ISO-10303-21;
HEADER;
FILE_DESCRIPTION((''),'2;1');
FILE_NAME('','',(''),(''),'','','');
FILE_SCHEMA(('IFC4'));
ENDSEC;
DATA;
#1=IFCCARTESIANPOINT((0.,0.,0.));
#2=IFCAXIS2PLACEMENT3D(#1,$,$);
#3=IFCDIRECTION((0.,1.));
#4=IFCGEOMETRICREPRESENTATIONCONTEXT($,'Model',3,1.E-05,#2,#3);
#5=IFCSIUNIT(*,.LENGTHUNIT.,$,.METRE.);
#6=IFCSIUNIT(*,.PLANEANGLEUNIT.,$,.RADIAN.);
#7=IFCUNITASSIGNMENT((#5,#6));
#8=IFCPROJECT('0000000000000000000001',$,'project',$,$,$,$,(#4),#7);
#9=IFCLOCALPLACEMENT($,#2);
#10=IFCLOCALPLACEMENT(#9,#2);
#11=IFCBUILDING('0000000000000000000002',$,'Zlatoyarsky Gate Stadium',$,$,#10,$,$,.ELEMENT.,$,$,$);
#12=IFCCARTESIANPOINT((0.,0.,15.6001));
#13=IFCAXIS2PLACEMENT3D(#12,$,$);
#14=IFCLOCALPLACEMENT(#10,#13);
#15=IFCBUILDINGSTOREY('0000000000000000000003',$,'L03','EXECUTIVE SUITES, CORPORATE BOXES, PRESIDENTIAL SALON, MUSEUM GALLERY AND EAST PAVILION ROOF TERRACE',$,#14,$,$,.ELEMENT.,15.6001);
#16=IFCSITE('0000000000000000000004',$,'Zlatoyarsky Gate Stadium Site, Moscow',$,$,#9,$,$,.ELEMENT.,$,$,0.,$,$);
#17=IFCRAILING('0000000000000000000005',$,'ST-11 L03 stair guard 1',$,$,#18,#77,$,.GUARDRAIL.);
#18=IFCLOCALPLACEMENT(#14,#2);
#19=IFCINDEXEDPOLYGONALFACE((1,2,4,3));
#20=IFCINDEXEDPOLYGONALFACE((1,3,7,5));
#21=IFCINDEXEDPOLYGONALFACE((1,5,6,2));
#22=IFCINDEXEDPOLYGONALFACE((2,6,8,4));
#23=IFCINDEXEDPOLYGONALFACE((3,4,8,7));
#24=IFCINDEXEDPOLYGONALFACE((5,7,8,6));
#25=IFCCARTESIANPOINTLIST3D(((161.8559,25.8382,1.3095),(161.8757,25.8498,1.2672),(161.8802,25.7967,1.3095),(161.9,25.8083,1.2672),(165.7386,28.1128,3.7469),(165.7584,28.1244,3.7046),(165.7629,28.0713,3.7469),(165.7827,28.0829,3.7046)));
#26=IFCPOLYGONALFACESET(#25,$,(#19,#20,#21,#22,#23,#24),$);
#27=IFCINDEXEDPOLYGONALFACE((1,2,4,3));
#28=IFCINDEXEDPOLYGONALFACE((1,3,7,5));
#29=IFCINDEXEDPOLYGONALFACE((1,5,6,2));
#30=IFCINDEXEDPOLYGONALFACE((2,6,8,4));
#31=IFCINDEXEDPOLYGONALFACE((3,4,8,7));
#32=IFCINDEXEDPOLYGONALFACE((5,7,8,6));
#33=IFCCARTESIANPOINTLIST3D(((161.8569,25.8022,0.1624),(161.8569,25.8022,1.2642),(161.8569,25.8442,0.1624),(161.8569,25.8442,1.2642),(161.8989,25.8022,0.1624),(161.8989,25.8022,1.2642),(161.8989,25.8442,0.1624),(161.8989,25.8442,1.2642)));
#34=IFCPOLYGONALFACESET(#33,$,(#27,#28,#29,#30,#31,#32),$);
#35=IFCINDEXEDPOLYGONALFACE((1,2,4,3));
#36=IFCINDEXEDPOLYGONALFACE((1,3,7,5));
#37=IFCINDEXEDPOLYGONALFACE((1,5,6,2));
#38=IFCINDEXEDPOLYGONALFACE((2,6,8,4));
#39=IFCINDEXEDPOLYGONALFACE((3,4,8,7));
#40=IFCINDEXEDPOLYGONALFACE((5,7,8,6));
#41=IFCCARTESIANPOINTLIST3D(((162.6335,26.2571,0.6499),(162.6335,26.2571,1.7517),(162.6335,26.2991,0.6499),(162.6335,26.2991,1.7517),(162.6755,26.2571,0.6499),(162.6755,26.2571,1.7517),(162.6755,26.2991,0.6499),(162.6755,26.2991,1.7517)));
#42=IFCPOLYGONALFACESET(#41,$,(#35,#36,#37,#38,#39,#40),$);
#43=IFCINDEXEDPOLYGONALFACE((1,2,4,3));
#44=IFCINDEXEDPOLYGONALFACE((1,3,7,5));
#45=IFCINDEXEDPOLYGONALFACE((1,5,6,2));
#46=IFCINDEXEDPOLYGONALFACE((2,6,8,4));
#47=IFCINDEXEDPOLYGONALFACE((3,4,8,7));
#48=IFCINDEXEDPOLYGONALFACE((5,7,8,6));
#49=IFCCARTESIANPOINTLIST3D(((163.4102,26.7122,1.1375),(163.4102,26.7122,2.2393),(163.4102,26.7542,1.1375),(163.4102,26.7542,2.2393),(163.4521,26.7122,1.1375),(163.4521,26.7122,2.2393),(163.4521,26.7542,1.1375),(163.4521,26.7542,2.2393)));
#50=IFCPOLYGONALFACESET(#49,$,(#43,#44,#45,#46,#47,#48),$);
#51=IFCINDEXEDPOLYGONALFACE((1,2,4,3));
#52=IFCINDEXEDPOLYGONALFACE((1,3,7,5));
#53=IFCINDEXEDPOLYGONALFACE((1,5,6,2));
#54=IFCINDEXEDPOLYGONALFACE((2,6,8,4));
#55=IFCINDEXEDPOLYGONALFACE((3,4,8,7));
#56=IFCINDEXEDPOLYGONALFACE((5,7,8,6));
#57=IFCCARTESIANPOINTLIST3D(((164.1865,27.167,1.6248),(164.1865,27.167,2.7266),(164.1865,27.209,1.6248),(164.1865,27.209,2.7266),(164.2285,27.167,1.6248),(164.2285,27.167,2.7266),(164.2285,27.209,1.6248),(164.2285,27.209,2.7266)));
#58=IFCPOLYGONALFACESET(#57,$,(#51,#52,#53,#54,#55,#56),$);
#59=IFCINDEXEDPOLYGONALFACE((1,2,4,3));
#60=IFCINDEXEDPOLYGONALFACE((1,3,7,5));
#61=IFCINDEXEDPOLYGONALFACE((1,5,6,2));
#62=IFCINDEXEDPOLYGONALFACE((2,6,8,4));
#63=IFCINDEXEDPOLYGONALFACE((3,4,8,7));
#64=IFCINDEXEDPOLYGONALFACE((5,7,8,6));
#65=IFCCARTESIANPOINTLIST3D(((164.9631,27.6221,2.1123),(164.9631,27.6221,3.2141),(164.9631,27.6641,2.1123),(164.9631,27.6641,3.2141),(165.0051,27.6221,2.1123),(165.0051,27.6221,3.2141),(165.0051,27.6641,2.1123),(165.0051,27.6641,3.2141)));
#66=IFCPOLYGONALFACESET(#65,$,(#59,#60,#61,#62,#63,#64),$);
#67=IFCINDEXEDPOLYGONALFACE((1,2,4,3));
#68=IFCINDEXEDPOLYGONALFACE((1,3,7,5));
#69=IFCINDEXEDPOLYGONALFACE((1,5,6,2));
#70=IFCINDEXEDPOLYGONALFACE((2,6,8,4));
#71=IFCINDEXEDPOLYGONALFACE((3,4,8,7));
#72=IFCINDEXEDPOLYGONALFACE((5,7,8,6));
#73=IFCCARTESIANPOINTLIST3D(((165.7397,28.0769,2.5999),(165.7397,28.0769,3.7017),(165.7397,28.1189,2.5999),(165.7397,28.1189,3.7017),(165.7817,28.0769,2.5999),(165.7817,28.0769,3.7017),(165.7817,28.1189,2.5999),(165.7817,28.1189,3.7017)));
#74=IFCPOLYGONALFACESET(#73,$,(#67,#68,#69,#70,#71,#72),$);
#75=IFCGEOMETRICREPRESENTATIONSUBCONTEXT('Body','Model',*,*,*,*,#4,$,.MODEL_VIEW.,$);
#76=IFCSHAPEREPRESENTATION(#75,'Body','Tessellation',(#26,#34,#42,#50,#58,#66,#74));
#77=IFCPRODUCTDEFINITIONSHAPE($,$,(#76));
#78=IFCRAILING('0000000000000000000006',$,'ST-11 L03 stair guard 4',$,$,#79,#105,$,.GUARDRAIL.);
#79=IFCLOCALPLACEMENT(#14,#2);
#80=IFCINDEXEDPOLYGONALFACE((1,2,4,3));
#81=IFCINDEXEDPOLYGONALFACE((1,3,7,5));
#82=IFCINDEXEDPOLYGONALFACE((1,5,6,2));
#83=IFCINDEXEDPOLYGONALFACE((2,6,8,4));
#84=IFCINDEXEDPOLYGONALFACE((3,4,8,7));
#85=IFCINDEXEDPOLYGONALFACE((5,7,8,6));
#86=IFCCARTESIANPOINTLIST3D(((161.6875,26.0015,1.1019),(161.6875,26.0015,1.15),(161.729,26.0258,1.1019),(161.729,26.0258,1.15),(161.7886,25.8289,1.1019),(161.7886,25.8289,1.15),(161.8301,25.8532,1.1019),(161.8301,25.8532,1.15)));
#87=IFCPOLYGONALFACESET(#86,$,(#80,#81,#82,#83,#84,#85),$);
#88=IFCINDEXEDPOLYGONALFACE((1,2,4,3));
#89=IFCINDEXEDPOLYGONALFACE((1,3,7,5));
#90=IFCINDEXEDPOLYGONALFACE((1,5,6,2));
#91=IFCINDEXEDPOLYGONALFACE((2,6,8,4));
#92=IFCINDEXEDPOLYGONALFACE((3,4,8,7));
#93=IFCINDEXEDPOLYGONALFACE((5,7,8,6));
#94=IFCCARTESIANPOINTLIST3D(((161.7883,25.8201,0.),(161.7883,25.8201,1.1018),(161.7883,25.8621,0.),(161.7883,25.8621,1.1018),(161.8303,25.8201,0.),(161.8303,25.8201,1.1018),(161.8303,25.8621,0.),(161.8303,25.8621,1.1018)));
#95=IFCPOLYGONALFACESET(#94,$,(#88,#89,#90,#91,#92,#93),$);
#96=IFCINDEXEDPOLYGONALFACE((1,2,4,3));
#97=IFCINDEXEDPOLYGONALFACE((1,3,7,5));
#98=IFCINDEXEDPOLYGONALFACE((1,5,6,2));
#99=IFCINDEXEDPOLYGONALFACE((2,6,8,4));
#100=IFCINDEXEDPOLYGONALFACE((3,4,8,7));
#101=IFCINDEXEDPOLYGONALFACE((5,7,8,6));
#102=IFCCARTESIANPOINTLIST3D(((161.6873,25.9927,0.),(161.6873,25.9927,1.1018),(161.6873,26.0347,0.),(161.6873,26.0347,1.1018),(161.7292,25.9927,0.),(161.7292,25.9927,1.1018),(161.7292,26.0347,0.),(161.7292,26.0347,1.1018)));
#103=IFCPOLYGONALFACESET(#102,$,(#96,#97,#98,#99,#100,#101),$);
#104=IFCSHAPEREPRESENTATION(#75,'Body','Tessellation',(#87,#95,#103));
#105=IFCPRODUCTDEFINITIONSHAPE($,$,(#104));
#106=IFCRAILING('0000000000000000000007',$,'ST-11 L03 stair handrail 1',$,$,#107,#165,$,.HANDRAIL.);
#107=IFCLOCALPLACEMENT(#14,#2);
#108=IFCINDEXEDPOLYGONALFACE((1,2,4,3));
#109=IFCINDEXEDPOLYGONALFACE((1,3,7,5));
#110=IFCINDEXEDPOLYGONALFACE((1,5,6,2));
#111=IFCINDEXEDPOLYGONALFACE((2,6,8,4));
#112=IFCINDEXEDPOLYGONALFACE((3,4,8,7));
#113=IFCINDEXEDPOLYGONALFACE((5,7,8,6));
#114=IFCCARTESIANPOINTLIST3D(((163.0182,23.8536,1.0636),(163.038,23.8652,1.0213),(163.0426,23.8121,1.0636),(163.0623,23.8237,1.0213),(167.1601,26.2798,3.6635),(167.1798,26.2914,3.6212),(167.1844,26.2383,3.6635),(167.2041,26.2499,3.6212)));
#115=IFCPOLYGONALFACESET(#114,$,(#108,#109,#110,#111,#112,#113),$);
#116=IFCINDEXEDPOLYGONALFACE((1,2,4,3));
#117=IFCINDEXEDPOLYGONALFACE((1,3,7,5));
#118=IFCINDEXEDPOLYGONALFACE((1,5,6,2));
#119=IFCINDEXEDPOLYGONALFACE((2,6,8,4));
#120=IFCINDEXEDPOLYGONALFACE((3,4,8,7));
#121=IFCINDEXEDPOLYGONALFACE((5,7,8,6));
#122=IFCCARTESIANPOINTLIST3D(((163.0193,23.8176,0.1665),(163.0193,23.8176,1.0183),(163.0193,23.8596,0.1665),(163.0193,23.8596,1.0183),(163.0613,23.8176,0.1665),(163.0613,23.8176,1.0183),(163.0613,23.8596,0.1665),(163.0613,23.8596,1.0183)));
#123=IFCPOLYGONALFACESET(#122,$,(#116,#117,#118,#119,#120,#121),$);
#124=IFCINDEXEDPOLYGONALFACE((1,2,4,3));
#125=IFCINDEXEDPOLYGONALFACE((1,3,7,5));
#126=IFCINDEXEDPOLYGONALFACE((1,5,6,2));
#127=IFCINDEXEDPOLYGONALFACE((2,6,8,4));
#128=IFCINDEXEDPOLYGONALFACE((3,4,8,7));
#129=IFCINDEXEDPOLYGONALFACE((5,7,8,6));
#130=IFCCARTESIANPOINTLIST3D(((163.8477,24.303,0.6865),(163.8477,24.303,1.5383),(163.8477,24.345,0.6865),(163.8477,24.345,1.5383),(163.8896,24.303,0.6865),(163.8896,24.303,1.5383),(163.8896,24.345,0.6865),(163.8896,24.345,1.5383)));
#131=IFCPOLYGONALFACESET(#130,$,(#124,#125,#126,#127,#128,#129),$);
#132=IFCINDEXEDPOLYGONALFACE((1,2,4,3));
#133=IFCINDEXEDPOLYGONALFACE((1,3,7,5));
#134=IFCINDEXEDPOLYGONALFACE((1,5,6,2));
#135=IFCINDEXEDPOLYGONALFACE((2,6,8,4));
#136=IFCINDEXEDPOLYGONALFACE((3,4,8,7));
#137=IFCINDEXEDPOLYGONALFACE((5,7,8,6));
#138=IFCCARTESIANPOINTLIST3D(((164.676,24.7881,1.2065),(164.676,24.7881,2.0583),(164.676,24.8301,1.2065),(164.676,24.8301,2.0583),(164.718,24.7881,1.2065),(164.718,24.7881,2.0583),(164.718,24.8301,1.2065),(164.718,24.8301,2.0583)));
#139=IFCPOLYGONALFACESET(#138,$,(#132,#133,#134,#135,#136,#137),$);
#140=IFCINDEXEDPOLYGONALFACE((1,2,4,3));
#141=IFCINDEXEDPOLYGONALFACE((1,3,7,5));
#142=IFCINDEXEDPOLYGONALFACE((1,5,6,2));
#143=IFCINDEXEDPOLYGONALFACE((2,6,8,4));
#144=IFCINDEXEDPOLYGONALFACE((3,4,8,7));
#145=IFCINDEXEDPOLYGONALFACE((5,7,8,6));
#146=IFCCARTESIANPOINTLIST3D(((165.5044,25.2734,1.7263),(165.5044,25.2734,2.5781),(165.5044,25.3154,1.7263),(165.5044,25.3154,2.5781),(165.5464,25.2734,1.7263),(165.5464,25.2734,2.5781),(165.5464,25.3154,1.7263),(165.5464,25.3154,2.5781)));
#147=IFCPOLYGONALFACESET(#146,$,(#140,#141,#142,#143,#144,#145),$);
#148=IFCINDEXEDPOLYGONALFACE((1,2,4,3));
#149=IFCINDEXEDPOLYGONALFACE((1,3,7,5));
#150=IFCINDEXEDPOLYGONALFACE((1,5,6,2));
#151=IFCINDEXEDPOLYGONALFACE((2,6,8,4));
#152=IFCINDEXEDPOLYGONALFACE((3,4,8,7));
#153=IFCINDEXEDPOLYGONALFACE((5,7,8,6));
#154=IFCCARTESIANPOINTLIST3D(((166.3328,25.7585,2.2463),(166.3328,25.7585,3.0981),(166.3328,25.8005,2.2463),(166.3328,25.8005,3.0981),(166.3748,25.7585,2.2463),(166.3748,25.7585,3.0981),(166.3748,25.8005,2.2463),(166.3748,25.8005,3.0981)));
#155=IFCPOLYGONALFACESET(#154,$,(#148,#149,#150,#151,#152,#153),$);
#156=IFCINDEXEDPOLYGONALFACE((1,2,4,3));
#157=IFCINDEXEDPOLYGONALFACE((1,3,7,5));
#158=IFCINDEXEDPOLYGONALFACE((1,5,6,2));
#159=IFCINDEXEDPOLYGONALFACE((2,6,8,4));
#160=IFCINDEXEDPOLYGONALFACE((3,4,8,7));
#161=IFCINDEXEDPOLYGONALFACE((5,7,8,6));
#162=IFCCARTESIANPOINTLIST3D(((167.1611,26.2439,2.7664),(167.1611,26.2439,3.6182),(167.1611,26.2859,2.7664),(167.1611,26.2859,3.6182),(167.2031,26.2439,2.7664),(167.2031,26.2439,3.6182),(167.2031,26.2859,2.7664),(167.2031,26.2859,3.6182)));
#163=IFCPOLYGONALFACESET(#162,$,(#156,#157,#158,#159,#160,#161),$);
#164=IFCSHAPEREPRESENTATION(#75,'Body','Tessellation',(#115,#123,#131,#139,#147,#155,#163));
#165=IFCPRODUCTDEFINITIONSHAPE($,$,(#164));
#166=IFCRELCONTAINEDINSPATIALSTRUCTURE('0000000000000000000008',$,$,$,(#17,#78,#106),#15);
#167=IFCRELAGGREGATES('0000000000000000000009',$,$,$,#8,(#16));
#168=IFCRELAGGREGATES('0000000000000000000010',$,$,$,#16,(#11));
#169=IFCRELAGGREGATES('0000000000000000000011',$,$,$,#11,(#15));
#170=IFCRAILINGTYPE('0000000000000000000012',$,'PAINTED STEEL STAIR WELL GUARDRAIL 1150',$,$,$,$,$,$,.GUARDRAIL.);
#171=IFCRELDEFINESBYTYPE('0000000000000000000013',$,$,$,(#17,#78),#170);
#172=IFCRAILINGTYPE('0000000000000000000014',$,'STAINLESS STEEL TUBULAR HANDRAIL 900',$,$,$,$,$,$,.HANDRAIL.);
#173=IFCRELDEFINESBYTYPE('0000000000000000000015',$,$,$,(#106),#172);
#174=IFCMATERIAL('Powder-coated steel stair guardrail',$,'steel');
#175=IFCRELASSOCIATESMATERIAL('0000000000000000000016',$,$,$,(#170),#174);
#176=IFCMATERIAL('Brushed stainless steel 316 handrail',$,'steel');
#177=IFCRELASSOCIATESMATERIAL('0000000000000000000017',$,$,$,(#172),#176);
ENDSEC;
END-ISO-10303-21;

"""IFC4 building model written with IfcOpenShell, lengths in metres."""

from ifc_helpers import new_model, si_unit, direction, frame, origin, origin_2d, place, context, subcontext, project, spatial, rectangle, extrude, material, type_object, element, save


model = new_model("IFC4")

# Units and contexts
model_context = context("Model", 3, precision=1e-05, world=origin(), true_north=direction((0.0, 1.0)))
body_context = subcontext(model_context, "Body", "Model", "MODEL_VIEW")
ifc_project = project(units=[si_unit("LENGTHUNIT", "METRE"), si_unit("PLANEANGLEUNIT", "RADIAN")], contexts=[model_context])

# Site, building, storey
site_placement = place(None, origin())
site = spatial("IfcSite", under=ifc_project, at=site_placement, Name="Zlatoyarsky Gate Stadium Site, Moscow", CompositionType="ELEMENT", RefElevation=0.0)
building_placement = place(site_placement, origin())
building = spatial("IfcBuilding", under=site, at=building_placement, Name="Zlatoyarsky Gate Stadium", CompositionType="ELEMENT")
storey_placement = place(building_placement, frame((0.0, 0.0, 15.6001)))
storey = spatial("IfcBuildingStorey", under=building, at=storey_placement, Name="L03", Description="EXECUTIVE SUITES, CORPORATE BOXES, PRESIDENTIAL SALON, MUSEUM GALLERY AND EAST PAVILION ROOF TERRACE", CompositionType="ELEMENT", Elevation=15.6001)

# Railings
ifc_material_1 = material(Name="Powder-coated steel stair guardrail", Category="steel")
railing_type_1 = type_object("IfcRailingType", Name="PAINTED STEEL STAIR WELL GUARDRAIL 1150", PredefinedType="GUARDRAIL", material=ifc_material_1)
railing_1_placement = place(storey_placement, frame((161.8779, 25.8232, 0.1624)))
element("IfcRailing", 1, at=railing_1_placement, inside=storey, type_object=railing_type_1, Name="ST-11 L03 stair guard 1", PredefinedType="GUARDRAIL", context=body_context, shape_type="SweptSolid", body=[
    extrude(rectangle(XDim=0.0481, YDim=0.0481, at=origin_2d()), frame((0.0, 0.0, 1.126), z_axis=(0.75869, 0.444462, 0.47628), x_axis=(-0.505476, 0.862841, 0.0)), (0.0, 0.0, 1.0), 5.1177),
    extrude(rectangle(XDim=0.042, YDim=0.042, at=origin_2d()), origin(), (0.0, 0.0, 1.0), 1.1018),
    extrude(rectangle(XDim=0.042, YDim=0.042, at=origin_2d()), frame((0.7766, 0.4548, 0.4875)), (0.0, 0.0, 1.0), 1.1018),
    extrude(rectangle(XDim=0.042, YDim=0.042, at=origin_2d()), frame((1.5532, 0.9099, 0.9751)), (0.0, 0.0, 1.0), 1.1018),
    extrude(rectangle(XDim=0.042, YDim=0.042, at=origin_2d()), frame((2.3296, 1.3647, 1.4624)), (0.0, 0.0, 1.0), 1.1018),
    extrude(rectangle(XDim=0.042, YDim=0.042, at=origin_2d()), frame((3.1062, 1.8198, 1.95)), (0.0, 0.0, 1.0), 1.1018),
    extrude(rectangle(XDim=0.042, YDim=0.042, at=origin_2d()), frame((3.8828, 2.2747, 2.4375)), (0.0, 0.0, 1.0), 1.1018),
])
railing_2_placement = place(storey_placement, frame((161.8093, 25.8411, 0.0)))
element("IfcRailing", 2, at=railing_2_placement, inside=storey, type_object=railing_type_1, Name="ST-11 L03 stair guard 4", PredefinedType="GUARDRAIL", context=body_context, shape_type="SweptSolid", body=[
    extrude(rectangle(XDim=0.0481, YDim=0.0481, at=origin_2d()), frame((0.0, 0.0, 1.126), z_axis=(-0.505312, 0.862937, 0.0), x_axis=(-0.862937, -0.505312, 0.0)), (0.0, 0.0, 1.0), 0.2),
    extrude(rectangle(XDim=0.042, YDim=0.042, at=origin_2d()), origin(), (0.0, 0.0, 1.0), 1.1018),
    extrude(rectangle(XDim=0.042, YDim=0.042, at=origin_2d()), frame((-0.1011, 0.1726, 0.0)), (0.0, 0.0, 1.0), 1.1018),
])
ifc_material_2 = material(Name="Brushed stainless steel 316 handrail", Category="steel")
railing_type_2 = type_object("IfcRailingType", Name="STAINLESS STEEL TUBULAR HANDRAIL 900", PredefinedType="HANDRAIL", material=ifc_material_2)
railing_3_placement = place(storey_placement, frame((163.0403, 23.8386, 0.1665)))
element("IfcRailing", 3, at=railing_3_placement, inside=storey, type_object=railing_type_2, Name="ST-11 L03 stair handrail 1", PredefinedType="HANDRAIL", context=body_context, shape_type="SweptSolid", body=[
    extrude(rectangle(XDim=0.0481, YDim=0.0481, at=origin_2d()), frame((0.0, 0.0, 0.876), z_axis=(0.758716, 0.444451, 0.476249), x_axis=(-0.505455, 0.862853, 0.0)), (0.0, 0.0, 1.0), 5.459),
    extrude(rectangle(XDim=0.042, YDim=0.042, at=origin_2d()), origin(), (0.0, 0.0, 1.0), 0.8518),
    extrude(rectangle(XDim=0.042, YDim=0.042, at=origin_2d()), frame((0.8284, 0.4854, 0.52)), (0.0, 0.0, 1.0), 0.8518),
    extrude(rectangle(XDim=0.042, YDim=0.042, at=origin_2d()), frame((1.6567, 0.9705, 1.04)), (0.0, 0.0, 1.0), 0.8518),
    extrude(rectangle(XDim=0.042, YDim=0.042, at=origin_2d()), frame((2.4851, 1.4558, 1.5598)), (0.0, 0.0, 1.0), 0.8518),
    extrude(rectangle(XDim=0.042, YDim=0.042, at=origin_2d()), frame((3.3135, 1.9409, 2.0798)), (0.0, 0.0, 1.0), 0.8518),
    extrude(rectangle(XDim=0.042, YDim=0.042, at=origin_2d()), frame((4.1418, 2.4263, 2.5999)), (0.0, 0.0, 1.0), 0.8518),
])

save(model, "model.ifc")
